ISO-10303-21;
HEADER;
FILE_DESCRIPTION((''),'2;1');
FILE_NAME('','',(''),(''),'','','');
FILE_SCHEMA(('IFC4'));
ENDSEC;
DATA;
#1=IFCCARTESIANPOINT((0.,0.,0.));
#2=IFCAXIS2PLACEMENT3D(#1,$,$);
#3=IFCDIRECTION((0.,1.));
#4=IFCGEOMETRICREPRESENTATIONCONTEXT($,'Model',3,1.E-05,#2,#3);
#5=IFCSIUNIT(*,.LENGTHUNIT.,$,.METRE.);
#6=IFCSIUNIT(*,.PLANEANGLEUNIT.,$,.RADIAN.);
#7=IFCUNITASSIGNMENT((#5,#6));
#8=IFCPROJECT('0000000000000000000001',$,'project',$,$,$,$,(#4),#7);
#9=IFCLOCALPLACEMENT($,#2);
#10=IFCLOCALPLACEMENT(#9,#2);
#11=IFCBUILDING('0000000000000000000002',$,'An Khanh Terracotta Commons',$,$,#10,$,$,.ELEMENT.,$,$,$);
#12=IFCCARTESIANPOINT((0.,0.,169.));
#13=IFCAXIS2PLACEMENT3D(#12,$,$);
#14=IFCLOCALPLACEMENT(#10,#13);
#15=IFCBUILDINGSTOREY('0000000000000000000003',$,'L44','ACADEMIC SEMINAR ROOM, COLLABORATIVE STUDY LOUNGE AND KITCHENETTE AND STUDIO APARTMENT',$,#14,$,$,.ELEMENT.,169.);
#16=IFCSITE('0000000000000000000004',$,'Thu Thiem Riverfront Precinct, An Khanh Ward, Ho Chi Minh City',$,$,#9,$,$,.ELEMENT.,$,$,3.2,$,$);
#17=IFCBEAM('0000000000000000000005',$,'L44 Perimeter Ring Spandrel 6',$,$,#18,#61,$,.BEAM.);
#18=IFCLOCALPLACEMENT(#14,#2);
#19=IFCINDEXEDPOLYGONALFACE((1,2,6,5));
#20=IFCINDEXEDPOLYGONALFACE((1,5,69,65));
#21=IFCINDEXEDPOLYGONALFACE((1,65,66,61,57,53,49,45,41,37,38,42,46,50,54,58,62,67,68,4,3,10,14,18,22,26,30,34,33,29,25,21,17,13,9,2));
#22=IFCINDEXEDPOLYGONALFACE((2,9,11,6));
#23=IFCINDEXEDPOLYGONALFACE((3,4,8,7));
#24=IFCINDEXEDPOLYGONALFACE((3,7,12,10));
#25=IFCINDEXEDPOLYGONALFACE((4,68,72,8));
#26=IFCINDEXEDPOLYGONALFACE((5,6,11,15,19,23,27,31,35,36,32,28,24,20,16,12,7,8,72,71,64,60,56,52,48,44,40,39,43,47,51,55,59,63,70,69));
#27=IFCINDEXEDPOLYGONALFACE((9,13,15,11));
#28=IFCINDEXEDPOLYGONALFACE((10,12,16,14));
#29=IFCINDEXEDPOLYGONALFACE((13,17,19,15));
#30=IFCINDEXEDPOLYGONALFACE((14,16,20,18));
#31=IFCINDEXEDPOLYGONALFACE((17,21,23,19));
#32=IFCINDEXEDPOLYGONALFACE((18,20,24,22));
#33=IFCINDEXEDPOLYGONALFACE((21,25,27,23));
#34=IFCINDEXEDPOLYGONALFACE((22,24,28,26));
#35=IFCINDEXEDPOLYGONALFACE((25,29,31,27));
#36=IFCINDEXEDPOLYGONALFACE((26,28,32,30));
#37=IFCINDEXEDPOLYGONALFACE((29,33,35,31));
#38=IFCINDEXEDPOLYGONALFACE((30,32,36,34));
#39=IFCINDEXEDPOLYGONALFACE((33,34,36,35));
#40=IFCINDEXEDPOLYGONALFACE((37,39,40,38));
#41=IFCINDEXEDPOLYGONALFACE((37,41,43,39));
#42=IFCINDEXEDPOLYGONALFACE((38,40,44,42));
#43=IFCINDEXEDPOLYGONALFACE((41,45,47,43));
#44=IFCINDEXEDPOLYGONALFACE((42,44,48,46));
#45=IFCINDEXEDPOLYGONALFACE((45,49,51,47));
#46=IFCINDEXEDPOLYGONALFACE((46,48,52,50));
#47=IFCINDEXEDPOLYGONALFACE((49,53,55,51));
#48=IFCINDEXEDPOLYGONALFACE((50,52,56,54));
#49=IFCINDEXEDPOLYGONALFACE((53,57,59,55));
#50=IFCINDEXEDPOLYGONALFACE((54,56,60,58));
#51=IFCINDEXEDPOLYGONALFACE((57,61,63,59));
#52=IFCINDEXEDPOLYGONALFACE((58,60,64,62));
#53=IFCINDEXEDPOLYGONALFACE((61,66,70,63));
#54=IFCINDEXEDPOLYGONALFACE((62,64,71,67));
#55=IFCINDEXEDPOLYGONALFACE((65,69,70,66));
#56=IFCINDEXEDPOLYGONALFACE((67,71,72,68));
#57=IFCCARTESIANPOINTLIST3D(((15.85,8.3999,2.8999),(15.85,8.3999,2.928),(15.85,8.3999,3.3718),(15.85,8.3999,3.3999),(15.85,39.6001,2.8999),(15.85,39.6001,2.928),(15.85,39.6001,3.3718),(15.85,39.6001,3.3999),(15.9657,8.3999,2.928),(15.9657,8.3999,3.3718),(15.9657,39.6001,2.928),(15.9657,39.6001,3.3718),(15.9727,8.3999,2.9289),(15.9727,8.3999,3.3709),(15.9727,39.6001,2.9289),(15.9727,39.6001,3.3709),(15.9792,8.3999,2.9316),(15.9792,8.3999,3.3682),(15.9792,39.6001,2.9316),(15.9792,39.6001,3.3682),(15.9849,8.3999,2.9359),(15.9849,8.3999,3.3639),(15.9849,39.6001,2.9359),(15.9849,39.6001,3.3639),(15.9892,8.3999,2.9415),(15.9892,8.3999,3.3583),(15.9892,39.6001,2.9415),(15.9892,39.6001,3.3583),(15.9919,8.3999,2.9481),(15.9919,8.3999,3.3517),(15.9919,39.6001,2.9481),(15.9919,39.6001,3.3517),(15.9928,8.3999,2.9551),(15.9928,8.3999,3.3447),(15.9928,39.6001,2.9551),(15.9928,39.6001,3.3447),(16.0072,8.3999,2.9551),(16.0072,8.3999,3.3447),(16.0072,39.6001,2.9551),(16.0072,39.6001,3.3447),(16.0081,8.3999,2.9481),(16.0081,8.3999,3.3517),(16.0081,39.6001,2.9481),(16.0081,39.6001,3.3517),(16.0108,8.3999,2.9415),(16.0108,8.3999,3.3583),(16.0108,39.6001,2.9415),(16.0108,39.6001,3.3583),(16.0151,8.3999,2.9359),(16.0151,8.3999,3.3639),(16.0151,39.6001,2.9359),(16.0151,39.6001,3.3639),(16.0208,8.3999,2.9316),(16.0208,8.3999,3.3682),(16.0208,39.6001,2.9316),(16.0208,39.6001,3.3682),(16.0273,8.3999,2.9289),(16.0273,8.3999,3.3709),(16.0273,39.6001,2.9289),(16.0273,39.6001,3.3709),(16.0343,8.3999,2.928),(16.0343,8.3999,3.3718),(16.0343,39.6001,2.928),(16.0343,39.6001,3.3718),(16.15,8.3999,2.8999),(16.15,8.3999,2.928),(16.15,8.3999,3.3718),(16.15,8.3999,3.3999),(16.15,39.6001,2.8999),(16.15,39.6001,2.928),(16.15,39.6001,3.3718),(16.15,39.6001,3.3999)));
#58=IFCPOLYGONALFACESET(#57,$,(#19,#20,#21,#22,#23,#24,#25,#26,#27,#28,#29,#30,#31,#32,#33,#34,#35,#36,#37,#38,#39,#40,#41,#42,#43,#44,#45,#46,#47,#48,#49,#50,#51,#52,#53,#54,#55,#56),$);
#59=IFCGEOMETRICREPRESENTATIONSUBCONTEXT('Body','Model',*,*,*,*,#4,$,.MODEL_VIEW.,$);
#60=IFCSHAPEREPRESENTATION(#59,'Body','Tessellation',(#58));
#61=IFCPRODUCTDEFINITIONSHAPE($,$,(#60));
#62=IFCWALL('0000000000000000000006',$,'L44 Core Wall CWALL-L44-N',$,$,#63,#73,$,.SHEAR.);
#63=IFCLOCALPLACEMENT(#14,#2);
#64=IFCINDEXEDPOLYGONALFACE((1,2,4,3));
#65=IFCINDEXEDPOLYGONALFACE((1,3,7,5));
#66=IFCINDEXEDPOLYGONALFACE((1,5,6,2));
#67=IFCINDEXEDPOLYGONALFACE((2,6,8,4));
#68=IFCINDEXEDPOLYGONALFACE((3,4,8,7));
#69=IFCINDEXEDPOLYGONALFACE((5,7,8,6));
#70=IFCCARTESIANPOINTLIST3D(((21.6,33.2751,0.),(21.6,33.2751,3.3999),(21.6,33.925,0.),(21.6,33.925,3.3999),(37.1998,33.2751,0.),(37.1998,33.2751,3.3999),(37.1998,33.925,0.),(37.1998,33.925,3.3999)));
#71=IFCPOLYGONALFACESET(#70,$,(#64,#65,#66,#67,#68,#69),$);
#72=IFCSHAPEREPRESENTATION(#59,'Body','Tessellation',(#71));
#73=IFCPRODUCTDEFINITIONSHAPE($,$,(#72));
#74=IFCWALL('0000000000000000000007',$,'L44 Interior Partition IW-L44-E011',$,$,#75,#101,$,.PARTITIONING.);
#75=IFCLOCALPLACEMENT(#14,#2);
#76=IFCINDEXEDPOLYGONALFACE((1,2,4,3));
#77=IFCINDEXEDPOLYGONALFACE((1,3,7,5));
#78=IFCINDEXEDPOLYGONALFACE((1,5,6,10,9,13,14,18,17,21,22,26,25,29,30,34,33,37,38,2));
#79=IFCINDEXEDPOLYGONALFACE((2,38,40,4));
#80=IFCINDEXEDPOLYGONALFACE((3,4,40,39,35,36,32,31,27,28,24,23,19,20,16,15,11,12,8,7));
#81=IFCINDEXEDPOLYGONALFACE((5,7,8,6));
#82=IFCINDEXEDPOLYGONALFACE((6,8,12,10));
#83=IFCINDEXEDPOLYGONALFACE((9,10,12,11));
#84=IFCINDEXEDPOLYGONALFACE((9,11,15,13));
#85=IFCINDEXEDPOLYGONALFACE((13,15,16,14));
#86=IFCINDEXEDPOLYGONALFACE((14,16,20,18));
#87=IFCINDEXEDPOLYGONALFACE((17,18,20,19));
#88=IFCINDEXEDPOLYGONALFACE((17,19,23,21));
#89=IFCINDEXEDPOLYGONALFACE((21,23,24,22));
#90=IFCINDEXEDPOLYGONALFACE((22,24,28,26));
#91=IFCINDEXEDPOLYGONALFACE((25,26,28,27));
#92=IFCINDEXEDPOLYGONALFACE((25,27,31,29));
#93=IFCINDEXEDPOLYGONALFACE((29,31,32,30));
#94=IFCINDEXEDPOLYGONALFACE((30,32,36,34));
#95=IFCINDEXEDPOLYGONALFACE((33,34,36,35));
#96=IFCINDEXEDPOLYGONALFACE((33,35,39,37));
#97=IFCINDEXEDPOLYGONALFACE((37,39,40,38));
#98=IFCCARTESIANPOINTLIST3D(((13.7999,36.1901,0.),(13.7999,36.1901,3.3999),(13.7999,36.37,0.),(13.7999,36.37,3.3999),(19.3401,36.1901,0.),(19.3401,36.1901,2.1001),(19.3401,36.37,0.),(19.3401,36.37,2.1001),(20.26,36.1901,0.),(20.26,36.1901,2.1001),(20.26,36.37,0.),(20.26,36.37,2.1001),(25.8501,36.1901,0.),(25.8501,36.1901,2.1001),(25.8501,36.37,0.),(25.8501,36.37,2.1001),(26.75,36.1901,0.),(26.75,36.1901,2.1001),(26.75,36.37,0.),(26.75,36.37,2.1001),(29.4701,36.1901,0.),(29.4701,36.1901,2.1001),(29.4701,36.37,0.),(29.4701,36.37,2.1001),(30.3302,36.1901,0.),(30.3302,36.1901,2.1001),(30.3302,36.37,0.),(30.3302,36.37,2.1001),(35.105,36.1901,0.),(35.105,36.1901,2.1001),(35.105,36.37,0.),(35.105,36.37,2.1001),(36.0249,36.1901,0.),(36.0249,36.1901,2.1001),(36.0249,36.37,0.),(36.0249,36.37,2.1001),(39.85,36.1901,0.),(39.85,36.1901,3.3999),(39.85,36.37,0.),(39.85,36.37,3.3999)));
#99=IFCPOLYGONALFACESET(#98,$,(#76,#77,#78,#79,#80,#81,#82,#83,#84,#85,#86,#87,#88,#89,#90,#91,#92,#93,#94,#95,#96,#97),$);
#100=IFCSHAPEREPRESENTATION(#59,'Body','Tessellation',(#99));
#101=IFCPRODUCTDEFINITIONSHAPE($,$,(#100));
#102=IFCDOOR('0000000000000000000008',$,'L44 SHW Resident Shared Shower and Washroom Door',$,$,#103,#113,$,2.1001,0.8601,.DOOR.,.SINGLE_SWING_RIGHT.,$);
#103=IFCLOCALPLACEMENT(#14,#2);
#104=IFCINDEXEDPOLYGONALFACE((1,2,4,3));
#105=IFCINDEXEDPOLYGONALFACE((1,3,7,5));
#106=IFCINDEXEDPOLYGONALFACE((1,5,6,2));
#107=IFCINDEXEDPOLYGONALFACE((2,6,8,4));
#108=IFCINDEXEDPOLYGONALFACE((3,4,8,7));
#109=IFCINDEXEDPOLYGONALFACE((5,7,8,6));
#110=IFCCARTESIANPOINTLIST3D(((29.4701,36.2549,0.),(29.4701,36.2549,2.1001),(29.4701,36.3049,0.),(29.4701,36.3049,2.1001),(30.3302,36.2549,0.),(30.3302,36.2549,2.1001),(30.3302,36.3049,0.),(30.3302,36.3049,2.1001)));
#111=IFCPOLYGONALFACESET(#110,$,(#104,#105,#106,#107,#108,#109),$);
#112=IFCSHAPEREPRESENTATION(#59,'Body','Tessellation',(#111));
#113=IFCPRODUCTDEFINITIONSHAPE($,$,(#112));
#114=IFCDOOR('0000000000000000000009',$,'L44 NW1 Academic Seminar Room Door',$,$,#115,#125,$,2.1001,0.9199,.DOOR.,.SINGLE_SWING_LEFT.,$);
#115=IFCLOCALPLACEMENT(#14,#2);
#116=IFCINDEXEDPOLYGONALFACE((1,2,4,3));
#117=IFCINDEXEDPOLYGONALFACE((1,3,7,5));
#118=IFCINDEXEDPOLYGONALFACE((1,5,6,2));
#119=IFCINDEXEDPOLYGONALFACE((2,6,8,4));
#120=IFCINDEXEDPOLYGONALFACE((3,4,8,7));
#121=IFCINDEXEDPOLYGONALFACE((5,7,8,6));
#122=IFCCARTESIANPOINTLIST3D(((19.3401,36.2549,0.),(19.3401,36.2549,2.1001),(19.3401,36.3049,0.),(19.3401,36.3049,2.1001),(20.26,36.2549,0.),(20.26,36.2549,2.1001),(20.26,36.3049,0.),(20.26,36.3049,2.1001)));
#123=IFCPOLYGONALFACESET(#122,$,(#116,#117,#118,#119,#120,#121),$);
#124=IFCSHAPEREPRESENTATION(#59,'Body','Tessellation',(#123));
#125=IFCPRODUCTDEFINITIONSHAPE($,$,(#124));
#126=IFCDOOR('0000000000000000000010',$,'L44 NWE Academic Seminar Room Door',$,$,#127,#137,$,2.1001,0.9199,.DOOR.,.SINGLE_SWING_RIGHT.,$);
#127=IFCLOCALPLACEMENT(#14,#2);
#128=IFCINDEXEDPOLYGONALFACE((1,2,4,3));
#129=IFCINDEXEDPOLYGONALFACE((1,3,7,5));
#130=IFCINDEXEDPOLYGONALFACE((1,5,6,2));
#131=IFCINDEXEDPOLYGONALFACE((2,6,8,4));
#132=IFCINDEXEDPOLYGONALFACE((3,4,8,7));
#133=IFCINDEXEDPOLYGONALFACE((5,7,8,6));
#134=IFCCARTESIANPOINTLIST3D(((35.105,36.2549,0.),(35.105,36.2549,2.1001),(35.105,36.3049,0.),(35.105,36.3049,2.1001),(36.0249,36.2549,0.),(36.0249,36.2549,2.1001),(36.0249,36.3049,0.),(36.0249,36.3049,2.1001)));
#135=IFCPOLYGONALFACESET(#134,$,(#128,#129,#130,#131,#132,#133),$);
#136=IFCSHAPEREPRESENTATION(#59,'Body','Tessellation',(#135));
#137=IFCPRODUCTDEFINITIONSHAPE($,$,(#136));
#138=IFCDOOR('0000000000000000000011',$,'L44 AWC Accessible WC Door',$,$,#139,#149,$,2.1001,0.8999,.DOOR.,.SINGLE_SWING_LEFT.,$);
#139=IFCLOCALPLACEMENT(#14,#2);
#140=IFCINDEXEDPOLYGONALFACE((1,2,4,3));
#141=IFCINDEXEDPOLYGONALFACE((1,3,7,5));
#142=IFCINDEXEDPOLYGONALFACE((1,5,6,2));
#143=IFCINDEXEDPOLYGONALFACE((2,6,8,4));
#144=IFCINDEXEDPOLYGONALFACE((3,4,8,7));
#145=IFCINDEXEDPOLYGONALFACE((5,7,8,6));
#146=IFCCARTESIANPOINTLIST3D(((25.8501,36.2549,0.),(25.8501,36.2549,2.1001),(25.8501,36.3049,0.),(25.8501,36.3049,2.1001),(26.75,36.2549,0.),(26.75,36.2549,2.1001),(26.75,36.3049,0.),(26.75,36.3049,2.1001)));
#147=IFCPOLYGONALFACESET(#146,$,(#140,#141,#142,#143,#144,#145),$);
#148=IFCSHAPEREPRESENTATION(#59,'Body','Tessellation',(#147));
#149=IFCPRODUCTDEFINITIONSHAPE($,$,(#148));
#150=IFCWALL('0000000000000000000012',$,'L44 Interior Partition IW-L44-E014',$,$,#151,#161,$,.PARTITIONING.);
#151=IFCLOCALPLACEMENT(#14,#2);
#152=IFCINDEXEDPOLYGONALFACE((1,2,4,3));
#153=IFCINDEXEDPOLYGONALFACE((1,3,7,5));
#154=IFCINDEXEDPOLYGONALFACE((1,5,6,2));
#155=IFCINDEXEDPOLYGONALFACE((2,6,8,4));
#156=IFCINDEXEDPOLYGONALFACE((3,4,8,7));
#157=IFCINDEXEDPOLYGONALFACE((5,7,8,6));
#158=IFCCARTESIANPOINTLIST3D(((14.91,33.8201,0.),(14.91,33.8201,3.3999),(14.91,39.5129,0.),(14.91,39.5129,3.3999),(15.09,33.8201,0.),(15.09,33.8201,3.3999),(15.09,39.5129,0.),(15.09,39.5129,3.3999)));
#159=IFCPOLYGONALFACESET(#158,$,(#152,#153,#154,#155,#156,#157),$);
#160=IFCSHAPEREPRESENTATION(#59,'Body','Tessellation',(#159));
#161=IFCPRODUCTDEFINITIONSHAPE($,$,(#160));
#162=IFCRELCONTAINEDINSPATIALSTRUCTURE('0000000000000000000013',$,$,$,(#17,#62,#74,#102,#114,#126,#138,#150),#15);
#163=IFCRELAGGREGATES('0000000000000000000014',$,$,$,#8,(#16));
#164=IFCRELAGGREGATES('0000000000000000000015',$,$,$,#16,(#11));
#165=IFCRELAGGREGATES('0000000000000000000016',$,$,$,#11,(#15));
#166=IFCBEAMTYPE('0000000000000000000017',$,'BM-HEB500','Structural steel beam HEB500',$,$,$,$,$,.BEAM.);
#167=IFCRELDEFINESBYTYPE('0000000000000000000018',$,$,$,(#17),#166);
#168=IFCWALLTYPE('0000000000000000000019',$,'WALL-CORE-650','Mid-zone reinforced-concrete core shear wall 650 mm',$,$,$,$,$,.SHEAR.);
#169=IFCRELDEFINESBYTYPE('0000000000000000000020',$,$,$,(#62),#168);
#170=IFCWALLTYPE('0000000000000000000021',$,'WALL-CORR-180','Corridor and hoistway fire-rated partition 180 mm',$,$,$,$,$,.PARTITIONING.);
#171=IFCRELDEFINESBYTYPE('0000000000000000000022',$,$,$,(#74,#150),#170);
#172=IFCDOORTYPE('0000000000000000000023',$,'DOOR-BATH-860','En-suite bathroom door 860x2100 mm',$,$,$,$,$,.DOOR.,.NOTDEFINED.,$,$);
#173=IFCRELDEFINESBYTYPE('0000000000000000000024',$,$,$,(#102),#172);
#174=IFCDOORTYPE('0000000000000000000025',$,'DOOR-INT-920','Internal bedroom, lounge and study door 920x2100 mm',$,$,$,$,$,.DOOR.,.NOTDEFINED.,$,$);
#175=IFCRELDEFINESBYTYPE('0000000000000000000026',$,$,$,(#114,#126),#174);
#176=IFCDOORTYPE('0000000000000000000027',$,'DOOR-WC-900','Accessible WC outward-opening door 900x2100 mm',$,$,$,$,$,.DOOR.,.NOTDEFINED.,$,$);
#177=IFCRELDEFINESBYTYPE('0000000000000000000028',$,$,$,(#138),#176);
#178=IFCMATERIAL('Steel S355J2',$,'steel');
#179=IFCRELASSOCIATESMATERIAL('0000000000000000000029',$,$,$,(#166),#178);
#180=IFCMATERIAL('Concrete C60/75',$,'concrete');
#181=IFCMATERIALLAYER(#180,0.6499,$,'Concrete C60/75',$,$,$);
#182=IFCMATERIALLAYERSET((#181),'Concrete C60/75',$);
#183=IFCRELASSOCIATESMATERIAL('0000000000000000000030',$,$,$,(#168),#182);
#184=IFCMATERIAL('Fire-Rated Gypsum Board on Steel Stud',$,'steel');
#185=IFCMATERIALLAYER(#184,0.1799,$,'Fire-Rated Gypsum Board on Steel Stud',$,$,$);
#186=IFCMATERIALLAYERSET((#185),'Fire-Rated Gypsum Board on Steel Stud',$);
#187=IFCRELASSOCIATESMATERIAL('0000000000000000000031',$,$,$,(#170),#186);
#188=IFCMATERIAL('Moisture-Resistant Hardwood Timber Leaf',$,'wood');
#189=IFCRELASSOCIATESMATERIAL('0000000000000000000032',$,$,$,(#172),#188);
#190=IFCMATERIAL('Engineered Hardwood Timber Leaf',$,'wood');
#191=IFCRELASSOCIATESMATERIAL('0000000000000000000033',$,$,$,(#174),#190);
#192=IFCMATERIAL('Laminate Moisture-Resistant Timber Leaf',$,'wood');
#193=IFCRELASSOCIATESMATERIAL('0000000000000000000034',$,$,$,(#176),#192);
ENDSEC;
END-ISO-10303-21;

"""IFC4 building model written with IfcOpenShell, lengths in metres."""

from ifc_helpers import new_model, si_unit, direction, frame, frame_2d, origin, origin_2d, place, context, subcontext, project, spatial, rectangle, i_section, extrude, material, layer, layer_set, material_profile, profile_set, type_object, element, fill, save


model = new_model("IFC4")

# Units and contexts
model_context = context("Model", 3, precision=1e-05, world=origin(), true_north=direction((0.0, 1.0)))
body_context = subcontext(model_context, "Body", "Model", "MODEL_VIEW")
ifc_project = project(units=[si_unit("LENGTHUNIT", "METRE"), si_unit("PLANEANGLEUNIT", "RADIAN")], contexts=[model_context])

# Site, building, storey
site_placement = place(None, origin())
site = spatial("IfcSite", under=ifc_project, at=site_placement, Name="Thu Thiem Riverfront Precinct, An Khanh Ward, Ho Chi Minh City", CompositionType="ELEMENT", RefElevation=3.2)
building_placement = place(site_placement, origin())
building = spatial("IfcBuilding", under=site, at=building_placement, Name="An Khanh Terracotta Commons", CompositionType="ELEMENT")
storey_placement = place(building_placement, frame((0.0, 0.0, 169.0)))
storey = spatial("IfcBuildingStorey", under=building, at=storey_placement, Name="L44", Description="ACADEMIC SEMINAR ROOM, COLLABORATIVE STUDY LOUNGE AND KITCHENETTE AND STUDIO APARTMENT", CompositionType="ELEMENT", Elevation=169.0)

# Shared definitions
ifc_material_1 = material(Name="Concrete C60/75", Category="concrete")

# Beam
ifc_material_2 = material(Name="Steel S355J2", Category="steel")
ifc_material_profile_1 = material_profile(ifc_material_2, i_section(OverallWidth=0.3, OverallDepth=0.5, WebThickness=0.0144, FlangeThickness=0.0281, FilletRadius=0.0271, at=origin_2d()), Name="HEB500")
ifc_profile_set_1 = profile_set([ifc_material_profile_1], Name="Steel S355J2")
beam_type_1 = type_object("IfcBeamType", Name="BM-HEB500", Description="Structural steel beam HEB500", PredefinedType="BEAM", material=ifc_profile_set_1)
beam_1_placement = place(storey_placement, frame((16.0, 39.6001, 3.1499), z_axis=(0.0, -1.0, 0.0), x_axis=(1.0, 0.0, 0.0)))
element("IfcBeam", 1, at=beam_1_placement, inside=storey, type_object=beam_type_1, Name="L44 Perimeter Ring Spandrel 6", PredefinedType="BEAM", context=body_context, shape_type="SweptSolid", body=[
    extrude(i_section(OverallWidth=0.3, OverallDepth=0.5, WebThickness=0.0144, FlangeThickness=0.0281, FilletRadius=0.0271, at=origin_2d()), origin(), (0.0, 0.0, 1.0), 31.2002),
])

# Wall
ifc_layer_1 = layer(ifc_material_1, 0.6499, Name="Concrete C60/75")
ifc_layer_set_1 = layer_set([ifc_layer_1], Name="Concrete C60/75")
wall_type_1 = type_object("IfcWallType", Name="WALL-CORE-650", Description="Mid-zone reinforced-concrete core shear wall 650 mm", PredefinedType="SHEAR", material=ifc_layer_set_1)
wall_1_placement = place(storey_placement, frame((21.6001, 33.6001, 0.0), z_axis=(0.0, 0.0, 1.0), x_axis=(1.0, 0.0, 0.0)))
element("IfcWall", 2, at=wall_1_placement, inside=storey, type_object=wall_type_1, Name="L44 Core Wall CWALL-L44-N", PredefinedType="SHEAR", context=body_context, shape_type="SweptSolid", body=[
    extrude(rectangle(XDim=15.5999, YDim=0.6499, at=frame_2d((7.7998, 0.0))), origin(), (0.0, 0.0, 1.0), 3.3999),
])

# Wall, openings, doors
ifc_material_3 = material(Name="Fire-Rated Gypsum Board on Steel Stud", Category="steel")
ifc_layer_2 = layer(ifc_material_3, 0.1799, Name="Fire-Rated Gypsum Board on Steel Stud")
ifc_layer_set_2 = layer_set([ifc_layer_2], Name="Fire-Rated Gypsum Board on Steel Stud")
wall_type_2 = type_object("IfcWallType", Name="WALL-CORR-180", Description="Corridor and hoistway fire-rated partition 180 mm", PredefinedType="PARTITIONING", material=ifc_layer_set_2)
wall_2_placement = place(storey_placement, frame((13.8, 36.28, 0.0), z_axis=(0.0, 0.0, 1.0), x_axis=(1.0, 0.0, 0.0)))
wall_2 = element("IfcWall", 3, at=wall_2_placement, inside=storey, type_object=wall_type_2, Name="L44 Interior Partition IW-L44-E011", PredefinedType="PARTITIONING", context=body_context, shape_type="SweptSolid", body=[
    extrude(rectangle(XDim=26.05, YDim=0.1799, at=frame_2d((13.0249, 0.0))), origin(), (0.0, 0.0, 1.0), 3.3999),
])
opening_1_placement = place(wall_2_placement, frame((12.05, 0.0, 0.0)))
opening_1 = element("IfcOpeningElement", 4, at=opening_1_placement, cuts=wall_2, PredefinedType="OPENING", context=body_context, shape_type="SweptSolid", body=[
    extrude(rectangle(XDim=0.8999, YDim=2.1001, at=frame_2d((0.45, 1.05))), frame((0.0, 0.0999, 0.0), z_axis=(0.0, -1.0, 0.0), x_axis=(1.0, 0.0, 0.0)), (0.0, 0.0, 1.0), 0.2),
])
opening_2_placement = place(wall_2_placement, frame((15.6699, 0.0, 0.0)))
opening_2 = element("IfcOpeningElement", 5, at=opening_2_placement, cuts=wall_2, PredefinedType="OPENING", context=body_context, shape_type="SweptSolid", body=[
    extrude(rectangle(XDim=0.8601, YDim=2.1001, at=frame_2d((0.4302, 1.05))), frame((0.0, 0.0999, 0.0), z_axis=(0.0, -1.0, 0.0), x_axis=(1.0, 0.0, 0.0)), (0.0, 0.0, 1.0), 0.2),
])
opening_3_placement = place(wall_2_placement, frame((5.54, 0.0, 0.0)))
opening_3 = element("IfcOpeningElement", 6, at=opening_3_placement, cuts=wall_2, PredefinedType="OPENING", context=body_context, shape_type="SweptSolid", body=[
    extrude(rectangle(XDim=0.9199, YDim=2.1001, at=frame_2d((0.46, 1.05))), frame((0.0, 0.0999, 0.0), z_axis=(0.0, -1.0, 0.0), x_axis=(1.0, 0.0, 0.0)), (0.0, 0.0, 1.0), 0.2),
])
opening_4_placement = place(wall_2_placement, frame((21.3049, 0.0, 0.0)))
opening_4 = element("IfcOpeningElement", 7, at=opening_4_placement, cuts=wall_2, PredefinedType="OPENING", context=body_context, shape_type="SweptSolid", body=[
    extrude(rectangle(XDim=0.9199, YDim=2.1001, at=frame_2d((0.46, 1.05))), frame((0.0, 0.0999, 0.0), z_axis=(0.0, -1.0, 0.0), x_axis=(1.0, 0.0, 0.0)), (0.0, 0.0, 1.0), 0.2),
])
ifc_material_4 = material(Name="Moisture-Resistant Hardwood Timber Leaf", Category="wood")
door_type_1 = type_object("IfcDoorType", Name="DOOR-BATH-860", Description="En-suite bathroom door 860x2100 mm", OperationType="NOTDEFINED", PredefinedType="DOOR", material=ifc_material_4)
door_1_placement = place(opening_2_placement, origin())
door_1 = element("IfcDoor", 8, at=door_1_placement, inside=storey, type_object=door_type_1, Name="L44 SHW Resident Shared Shower and Washroom Door", OperationType="SINGLE_SWING_RIGHT", OverallHeight=2.1001, OverallWidth=0.8601, PredefinedType="DOOR", context=body_context, shape_type="SweptSolid", body=[
    extrude(rectangle(XDim=0.8601, YDim=2.1001, at=frame_2d((0.4302, 1.05))), frame((0.0, 0.0249, 0.0), z_axis=(0.0, -1.0, 0.0), x_axis=(1.0, 0.0, 0.0)), (0.0, 0.0, 1.0), 0.05),
])
fill(opening_2, door_1)
ifc_material_5 = material(Name="Engineered Hardwood Timber Leaf", Category="wood")
door_type_2 = type_object("IfcDoorType", Name="DOOR-INT-920", Description="Internal bedroom, lounge and study door 920x2100 mm", OperationType="NOTDEFINED", PredefinedType="DOOR", material=ifc_material_5)
door_2_placement = place(opening_3_placement, origin())
door_2 = element("IfcDoor", 9, at=door_2_placement, inside=storey, type_object=door_type_2, Name="L44 NW1 Academic Seminar Room Door", OperationType="SINGLE_SWING_LEFT", OverallHeight=2.1001, OverallWidth=0.9199, PredefinedType="DOOR", context=body_context, shape_type="SweptSolid", body=[
    extrude(rectangle(XDim=0.9199, YDim=2.1001, at=frame_2d((0.46, 1.05))), frame((0.0, 0.0249, 0.0), z_axis=(0.0, -1.0, 0.0), x_axis=(1.0, 0.0, 0.0)), (0.0, 0.0, 1.0), 0.05),
])
fill(opening_3, door_2)
door_3_placement = place(opening_4_placement, origin())
door_3 = element("IfcDoor", 10, at=door_3_placement, inside=storey, type_object=door_type_2, Name="L44 NWE Academic Seminar Room Door", OperationType="SINGLE_SWING_RIGHT", OverallHeight=2.1001, OverallWidth=0.9199, PredefinedType="DOOR", context=body_context, shape_type="SweptSolid", body=[
    extrude(rectangle(XDim=0.9199, YDim=2.1001, at=frame_2d((0.46, 1.05))), frame((0.0, 0.0249, 0.0), z_axis=(0.0, -1.0, 0.0), x_axis=(1.0, 0.0, 0.0)), (0.0, 0.0, 1.0), 0.05),
])
fill(opening_4, door_3)
ifc_material_6 = material(Name="Laminate Moisture-Resistant Timber Leaf", Category="wood")
door_type_3 = type_object("IfcDoorType", Name="DOOR-WC-900", Description="Accessible WC outward-opening door 900x2100 mm", OperationType="NOTDEFINED", PredefinedType="DOOR", material=ifc_material_6)
door_4_placement = place(opening_1_placement, origin())
door_4 = element("IfcDoor", 11, at=door_4_placement, inside=storey, type_object=door_type_3, Name="L44 AWC Accessible WC Door", OperationType="SINGLE_SWING_LEFT", OverallHeight=2.1001, OverallWidth=0.8999, PredefinedType="DOOR", context=body_context, shape_type="SweptSolid", body=[
    extrude(rectangle(XDim=0.8999, YDim=2.1001, at=frame_2d((0.45, 1.05))), frame((0.0, 0.0249, 0.0), z_axis=(0.0, -1.0, 0.0), x_axis=(1.0, 0.0, 0.0)), (0.0, 0.0, 1.0), 0.05),
])
fill(opening_1, door_4)

# Wall
wall_3_placement = place(storey_placement, frame((15.0, 33.8201, 0.0), z_axis=(0.0, 0.0, 1.0), x_axis=(0.0, 1.0, 0.0)))
element("IfcWall", 12, at=wall_3_placement, inside=storey, type_object=wall_type_2, Name="L44 Interior Partition IW-L44-E014", PredefinedType="PARTITIONING", context=body_context, shape_type="SweptSolid", body=[
    extrude(rectangle(XDim=5.6929, YDim=0.1799, at=frame_2d((2.8464, 0.0))), origin(), (0.0, 0.0, 1.0), 3.3999),
])

save(model, "model.ifc")
